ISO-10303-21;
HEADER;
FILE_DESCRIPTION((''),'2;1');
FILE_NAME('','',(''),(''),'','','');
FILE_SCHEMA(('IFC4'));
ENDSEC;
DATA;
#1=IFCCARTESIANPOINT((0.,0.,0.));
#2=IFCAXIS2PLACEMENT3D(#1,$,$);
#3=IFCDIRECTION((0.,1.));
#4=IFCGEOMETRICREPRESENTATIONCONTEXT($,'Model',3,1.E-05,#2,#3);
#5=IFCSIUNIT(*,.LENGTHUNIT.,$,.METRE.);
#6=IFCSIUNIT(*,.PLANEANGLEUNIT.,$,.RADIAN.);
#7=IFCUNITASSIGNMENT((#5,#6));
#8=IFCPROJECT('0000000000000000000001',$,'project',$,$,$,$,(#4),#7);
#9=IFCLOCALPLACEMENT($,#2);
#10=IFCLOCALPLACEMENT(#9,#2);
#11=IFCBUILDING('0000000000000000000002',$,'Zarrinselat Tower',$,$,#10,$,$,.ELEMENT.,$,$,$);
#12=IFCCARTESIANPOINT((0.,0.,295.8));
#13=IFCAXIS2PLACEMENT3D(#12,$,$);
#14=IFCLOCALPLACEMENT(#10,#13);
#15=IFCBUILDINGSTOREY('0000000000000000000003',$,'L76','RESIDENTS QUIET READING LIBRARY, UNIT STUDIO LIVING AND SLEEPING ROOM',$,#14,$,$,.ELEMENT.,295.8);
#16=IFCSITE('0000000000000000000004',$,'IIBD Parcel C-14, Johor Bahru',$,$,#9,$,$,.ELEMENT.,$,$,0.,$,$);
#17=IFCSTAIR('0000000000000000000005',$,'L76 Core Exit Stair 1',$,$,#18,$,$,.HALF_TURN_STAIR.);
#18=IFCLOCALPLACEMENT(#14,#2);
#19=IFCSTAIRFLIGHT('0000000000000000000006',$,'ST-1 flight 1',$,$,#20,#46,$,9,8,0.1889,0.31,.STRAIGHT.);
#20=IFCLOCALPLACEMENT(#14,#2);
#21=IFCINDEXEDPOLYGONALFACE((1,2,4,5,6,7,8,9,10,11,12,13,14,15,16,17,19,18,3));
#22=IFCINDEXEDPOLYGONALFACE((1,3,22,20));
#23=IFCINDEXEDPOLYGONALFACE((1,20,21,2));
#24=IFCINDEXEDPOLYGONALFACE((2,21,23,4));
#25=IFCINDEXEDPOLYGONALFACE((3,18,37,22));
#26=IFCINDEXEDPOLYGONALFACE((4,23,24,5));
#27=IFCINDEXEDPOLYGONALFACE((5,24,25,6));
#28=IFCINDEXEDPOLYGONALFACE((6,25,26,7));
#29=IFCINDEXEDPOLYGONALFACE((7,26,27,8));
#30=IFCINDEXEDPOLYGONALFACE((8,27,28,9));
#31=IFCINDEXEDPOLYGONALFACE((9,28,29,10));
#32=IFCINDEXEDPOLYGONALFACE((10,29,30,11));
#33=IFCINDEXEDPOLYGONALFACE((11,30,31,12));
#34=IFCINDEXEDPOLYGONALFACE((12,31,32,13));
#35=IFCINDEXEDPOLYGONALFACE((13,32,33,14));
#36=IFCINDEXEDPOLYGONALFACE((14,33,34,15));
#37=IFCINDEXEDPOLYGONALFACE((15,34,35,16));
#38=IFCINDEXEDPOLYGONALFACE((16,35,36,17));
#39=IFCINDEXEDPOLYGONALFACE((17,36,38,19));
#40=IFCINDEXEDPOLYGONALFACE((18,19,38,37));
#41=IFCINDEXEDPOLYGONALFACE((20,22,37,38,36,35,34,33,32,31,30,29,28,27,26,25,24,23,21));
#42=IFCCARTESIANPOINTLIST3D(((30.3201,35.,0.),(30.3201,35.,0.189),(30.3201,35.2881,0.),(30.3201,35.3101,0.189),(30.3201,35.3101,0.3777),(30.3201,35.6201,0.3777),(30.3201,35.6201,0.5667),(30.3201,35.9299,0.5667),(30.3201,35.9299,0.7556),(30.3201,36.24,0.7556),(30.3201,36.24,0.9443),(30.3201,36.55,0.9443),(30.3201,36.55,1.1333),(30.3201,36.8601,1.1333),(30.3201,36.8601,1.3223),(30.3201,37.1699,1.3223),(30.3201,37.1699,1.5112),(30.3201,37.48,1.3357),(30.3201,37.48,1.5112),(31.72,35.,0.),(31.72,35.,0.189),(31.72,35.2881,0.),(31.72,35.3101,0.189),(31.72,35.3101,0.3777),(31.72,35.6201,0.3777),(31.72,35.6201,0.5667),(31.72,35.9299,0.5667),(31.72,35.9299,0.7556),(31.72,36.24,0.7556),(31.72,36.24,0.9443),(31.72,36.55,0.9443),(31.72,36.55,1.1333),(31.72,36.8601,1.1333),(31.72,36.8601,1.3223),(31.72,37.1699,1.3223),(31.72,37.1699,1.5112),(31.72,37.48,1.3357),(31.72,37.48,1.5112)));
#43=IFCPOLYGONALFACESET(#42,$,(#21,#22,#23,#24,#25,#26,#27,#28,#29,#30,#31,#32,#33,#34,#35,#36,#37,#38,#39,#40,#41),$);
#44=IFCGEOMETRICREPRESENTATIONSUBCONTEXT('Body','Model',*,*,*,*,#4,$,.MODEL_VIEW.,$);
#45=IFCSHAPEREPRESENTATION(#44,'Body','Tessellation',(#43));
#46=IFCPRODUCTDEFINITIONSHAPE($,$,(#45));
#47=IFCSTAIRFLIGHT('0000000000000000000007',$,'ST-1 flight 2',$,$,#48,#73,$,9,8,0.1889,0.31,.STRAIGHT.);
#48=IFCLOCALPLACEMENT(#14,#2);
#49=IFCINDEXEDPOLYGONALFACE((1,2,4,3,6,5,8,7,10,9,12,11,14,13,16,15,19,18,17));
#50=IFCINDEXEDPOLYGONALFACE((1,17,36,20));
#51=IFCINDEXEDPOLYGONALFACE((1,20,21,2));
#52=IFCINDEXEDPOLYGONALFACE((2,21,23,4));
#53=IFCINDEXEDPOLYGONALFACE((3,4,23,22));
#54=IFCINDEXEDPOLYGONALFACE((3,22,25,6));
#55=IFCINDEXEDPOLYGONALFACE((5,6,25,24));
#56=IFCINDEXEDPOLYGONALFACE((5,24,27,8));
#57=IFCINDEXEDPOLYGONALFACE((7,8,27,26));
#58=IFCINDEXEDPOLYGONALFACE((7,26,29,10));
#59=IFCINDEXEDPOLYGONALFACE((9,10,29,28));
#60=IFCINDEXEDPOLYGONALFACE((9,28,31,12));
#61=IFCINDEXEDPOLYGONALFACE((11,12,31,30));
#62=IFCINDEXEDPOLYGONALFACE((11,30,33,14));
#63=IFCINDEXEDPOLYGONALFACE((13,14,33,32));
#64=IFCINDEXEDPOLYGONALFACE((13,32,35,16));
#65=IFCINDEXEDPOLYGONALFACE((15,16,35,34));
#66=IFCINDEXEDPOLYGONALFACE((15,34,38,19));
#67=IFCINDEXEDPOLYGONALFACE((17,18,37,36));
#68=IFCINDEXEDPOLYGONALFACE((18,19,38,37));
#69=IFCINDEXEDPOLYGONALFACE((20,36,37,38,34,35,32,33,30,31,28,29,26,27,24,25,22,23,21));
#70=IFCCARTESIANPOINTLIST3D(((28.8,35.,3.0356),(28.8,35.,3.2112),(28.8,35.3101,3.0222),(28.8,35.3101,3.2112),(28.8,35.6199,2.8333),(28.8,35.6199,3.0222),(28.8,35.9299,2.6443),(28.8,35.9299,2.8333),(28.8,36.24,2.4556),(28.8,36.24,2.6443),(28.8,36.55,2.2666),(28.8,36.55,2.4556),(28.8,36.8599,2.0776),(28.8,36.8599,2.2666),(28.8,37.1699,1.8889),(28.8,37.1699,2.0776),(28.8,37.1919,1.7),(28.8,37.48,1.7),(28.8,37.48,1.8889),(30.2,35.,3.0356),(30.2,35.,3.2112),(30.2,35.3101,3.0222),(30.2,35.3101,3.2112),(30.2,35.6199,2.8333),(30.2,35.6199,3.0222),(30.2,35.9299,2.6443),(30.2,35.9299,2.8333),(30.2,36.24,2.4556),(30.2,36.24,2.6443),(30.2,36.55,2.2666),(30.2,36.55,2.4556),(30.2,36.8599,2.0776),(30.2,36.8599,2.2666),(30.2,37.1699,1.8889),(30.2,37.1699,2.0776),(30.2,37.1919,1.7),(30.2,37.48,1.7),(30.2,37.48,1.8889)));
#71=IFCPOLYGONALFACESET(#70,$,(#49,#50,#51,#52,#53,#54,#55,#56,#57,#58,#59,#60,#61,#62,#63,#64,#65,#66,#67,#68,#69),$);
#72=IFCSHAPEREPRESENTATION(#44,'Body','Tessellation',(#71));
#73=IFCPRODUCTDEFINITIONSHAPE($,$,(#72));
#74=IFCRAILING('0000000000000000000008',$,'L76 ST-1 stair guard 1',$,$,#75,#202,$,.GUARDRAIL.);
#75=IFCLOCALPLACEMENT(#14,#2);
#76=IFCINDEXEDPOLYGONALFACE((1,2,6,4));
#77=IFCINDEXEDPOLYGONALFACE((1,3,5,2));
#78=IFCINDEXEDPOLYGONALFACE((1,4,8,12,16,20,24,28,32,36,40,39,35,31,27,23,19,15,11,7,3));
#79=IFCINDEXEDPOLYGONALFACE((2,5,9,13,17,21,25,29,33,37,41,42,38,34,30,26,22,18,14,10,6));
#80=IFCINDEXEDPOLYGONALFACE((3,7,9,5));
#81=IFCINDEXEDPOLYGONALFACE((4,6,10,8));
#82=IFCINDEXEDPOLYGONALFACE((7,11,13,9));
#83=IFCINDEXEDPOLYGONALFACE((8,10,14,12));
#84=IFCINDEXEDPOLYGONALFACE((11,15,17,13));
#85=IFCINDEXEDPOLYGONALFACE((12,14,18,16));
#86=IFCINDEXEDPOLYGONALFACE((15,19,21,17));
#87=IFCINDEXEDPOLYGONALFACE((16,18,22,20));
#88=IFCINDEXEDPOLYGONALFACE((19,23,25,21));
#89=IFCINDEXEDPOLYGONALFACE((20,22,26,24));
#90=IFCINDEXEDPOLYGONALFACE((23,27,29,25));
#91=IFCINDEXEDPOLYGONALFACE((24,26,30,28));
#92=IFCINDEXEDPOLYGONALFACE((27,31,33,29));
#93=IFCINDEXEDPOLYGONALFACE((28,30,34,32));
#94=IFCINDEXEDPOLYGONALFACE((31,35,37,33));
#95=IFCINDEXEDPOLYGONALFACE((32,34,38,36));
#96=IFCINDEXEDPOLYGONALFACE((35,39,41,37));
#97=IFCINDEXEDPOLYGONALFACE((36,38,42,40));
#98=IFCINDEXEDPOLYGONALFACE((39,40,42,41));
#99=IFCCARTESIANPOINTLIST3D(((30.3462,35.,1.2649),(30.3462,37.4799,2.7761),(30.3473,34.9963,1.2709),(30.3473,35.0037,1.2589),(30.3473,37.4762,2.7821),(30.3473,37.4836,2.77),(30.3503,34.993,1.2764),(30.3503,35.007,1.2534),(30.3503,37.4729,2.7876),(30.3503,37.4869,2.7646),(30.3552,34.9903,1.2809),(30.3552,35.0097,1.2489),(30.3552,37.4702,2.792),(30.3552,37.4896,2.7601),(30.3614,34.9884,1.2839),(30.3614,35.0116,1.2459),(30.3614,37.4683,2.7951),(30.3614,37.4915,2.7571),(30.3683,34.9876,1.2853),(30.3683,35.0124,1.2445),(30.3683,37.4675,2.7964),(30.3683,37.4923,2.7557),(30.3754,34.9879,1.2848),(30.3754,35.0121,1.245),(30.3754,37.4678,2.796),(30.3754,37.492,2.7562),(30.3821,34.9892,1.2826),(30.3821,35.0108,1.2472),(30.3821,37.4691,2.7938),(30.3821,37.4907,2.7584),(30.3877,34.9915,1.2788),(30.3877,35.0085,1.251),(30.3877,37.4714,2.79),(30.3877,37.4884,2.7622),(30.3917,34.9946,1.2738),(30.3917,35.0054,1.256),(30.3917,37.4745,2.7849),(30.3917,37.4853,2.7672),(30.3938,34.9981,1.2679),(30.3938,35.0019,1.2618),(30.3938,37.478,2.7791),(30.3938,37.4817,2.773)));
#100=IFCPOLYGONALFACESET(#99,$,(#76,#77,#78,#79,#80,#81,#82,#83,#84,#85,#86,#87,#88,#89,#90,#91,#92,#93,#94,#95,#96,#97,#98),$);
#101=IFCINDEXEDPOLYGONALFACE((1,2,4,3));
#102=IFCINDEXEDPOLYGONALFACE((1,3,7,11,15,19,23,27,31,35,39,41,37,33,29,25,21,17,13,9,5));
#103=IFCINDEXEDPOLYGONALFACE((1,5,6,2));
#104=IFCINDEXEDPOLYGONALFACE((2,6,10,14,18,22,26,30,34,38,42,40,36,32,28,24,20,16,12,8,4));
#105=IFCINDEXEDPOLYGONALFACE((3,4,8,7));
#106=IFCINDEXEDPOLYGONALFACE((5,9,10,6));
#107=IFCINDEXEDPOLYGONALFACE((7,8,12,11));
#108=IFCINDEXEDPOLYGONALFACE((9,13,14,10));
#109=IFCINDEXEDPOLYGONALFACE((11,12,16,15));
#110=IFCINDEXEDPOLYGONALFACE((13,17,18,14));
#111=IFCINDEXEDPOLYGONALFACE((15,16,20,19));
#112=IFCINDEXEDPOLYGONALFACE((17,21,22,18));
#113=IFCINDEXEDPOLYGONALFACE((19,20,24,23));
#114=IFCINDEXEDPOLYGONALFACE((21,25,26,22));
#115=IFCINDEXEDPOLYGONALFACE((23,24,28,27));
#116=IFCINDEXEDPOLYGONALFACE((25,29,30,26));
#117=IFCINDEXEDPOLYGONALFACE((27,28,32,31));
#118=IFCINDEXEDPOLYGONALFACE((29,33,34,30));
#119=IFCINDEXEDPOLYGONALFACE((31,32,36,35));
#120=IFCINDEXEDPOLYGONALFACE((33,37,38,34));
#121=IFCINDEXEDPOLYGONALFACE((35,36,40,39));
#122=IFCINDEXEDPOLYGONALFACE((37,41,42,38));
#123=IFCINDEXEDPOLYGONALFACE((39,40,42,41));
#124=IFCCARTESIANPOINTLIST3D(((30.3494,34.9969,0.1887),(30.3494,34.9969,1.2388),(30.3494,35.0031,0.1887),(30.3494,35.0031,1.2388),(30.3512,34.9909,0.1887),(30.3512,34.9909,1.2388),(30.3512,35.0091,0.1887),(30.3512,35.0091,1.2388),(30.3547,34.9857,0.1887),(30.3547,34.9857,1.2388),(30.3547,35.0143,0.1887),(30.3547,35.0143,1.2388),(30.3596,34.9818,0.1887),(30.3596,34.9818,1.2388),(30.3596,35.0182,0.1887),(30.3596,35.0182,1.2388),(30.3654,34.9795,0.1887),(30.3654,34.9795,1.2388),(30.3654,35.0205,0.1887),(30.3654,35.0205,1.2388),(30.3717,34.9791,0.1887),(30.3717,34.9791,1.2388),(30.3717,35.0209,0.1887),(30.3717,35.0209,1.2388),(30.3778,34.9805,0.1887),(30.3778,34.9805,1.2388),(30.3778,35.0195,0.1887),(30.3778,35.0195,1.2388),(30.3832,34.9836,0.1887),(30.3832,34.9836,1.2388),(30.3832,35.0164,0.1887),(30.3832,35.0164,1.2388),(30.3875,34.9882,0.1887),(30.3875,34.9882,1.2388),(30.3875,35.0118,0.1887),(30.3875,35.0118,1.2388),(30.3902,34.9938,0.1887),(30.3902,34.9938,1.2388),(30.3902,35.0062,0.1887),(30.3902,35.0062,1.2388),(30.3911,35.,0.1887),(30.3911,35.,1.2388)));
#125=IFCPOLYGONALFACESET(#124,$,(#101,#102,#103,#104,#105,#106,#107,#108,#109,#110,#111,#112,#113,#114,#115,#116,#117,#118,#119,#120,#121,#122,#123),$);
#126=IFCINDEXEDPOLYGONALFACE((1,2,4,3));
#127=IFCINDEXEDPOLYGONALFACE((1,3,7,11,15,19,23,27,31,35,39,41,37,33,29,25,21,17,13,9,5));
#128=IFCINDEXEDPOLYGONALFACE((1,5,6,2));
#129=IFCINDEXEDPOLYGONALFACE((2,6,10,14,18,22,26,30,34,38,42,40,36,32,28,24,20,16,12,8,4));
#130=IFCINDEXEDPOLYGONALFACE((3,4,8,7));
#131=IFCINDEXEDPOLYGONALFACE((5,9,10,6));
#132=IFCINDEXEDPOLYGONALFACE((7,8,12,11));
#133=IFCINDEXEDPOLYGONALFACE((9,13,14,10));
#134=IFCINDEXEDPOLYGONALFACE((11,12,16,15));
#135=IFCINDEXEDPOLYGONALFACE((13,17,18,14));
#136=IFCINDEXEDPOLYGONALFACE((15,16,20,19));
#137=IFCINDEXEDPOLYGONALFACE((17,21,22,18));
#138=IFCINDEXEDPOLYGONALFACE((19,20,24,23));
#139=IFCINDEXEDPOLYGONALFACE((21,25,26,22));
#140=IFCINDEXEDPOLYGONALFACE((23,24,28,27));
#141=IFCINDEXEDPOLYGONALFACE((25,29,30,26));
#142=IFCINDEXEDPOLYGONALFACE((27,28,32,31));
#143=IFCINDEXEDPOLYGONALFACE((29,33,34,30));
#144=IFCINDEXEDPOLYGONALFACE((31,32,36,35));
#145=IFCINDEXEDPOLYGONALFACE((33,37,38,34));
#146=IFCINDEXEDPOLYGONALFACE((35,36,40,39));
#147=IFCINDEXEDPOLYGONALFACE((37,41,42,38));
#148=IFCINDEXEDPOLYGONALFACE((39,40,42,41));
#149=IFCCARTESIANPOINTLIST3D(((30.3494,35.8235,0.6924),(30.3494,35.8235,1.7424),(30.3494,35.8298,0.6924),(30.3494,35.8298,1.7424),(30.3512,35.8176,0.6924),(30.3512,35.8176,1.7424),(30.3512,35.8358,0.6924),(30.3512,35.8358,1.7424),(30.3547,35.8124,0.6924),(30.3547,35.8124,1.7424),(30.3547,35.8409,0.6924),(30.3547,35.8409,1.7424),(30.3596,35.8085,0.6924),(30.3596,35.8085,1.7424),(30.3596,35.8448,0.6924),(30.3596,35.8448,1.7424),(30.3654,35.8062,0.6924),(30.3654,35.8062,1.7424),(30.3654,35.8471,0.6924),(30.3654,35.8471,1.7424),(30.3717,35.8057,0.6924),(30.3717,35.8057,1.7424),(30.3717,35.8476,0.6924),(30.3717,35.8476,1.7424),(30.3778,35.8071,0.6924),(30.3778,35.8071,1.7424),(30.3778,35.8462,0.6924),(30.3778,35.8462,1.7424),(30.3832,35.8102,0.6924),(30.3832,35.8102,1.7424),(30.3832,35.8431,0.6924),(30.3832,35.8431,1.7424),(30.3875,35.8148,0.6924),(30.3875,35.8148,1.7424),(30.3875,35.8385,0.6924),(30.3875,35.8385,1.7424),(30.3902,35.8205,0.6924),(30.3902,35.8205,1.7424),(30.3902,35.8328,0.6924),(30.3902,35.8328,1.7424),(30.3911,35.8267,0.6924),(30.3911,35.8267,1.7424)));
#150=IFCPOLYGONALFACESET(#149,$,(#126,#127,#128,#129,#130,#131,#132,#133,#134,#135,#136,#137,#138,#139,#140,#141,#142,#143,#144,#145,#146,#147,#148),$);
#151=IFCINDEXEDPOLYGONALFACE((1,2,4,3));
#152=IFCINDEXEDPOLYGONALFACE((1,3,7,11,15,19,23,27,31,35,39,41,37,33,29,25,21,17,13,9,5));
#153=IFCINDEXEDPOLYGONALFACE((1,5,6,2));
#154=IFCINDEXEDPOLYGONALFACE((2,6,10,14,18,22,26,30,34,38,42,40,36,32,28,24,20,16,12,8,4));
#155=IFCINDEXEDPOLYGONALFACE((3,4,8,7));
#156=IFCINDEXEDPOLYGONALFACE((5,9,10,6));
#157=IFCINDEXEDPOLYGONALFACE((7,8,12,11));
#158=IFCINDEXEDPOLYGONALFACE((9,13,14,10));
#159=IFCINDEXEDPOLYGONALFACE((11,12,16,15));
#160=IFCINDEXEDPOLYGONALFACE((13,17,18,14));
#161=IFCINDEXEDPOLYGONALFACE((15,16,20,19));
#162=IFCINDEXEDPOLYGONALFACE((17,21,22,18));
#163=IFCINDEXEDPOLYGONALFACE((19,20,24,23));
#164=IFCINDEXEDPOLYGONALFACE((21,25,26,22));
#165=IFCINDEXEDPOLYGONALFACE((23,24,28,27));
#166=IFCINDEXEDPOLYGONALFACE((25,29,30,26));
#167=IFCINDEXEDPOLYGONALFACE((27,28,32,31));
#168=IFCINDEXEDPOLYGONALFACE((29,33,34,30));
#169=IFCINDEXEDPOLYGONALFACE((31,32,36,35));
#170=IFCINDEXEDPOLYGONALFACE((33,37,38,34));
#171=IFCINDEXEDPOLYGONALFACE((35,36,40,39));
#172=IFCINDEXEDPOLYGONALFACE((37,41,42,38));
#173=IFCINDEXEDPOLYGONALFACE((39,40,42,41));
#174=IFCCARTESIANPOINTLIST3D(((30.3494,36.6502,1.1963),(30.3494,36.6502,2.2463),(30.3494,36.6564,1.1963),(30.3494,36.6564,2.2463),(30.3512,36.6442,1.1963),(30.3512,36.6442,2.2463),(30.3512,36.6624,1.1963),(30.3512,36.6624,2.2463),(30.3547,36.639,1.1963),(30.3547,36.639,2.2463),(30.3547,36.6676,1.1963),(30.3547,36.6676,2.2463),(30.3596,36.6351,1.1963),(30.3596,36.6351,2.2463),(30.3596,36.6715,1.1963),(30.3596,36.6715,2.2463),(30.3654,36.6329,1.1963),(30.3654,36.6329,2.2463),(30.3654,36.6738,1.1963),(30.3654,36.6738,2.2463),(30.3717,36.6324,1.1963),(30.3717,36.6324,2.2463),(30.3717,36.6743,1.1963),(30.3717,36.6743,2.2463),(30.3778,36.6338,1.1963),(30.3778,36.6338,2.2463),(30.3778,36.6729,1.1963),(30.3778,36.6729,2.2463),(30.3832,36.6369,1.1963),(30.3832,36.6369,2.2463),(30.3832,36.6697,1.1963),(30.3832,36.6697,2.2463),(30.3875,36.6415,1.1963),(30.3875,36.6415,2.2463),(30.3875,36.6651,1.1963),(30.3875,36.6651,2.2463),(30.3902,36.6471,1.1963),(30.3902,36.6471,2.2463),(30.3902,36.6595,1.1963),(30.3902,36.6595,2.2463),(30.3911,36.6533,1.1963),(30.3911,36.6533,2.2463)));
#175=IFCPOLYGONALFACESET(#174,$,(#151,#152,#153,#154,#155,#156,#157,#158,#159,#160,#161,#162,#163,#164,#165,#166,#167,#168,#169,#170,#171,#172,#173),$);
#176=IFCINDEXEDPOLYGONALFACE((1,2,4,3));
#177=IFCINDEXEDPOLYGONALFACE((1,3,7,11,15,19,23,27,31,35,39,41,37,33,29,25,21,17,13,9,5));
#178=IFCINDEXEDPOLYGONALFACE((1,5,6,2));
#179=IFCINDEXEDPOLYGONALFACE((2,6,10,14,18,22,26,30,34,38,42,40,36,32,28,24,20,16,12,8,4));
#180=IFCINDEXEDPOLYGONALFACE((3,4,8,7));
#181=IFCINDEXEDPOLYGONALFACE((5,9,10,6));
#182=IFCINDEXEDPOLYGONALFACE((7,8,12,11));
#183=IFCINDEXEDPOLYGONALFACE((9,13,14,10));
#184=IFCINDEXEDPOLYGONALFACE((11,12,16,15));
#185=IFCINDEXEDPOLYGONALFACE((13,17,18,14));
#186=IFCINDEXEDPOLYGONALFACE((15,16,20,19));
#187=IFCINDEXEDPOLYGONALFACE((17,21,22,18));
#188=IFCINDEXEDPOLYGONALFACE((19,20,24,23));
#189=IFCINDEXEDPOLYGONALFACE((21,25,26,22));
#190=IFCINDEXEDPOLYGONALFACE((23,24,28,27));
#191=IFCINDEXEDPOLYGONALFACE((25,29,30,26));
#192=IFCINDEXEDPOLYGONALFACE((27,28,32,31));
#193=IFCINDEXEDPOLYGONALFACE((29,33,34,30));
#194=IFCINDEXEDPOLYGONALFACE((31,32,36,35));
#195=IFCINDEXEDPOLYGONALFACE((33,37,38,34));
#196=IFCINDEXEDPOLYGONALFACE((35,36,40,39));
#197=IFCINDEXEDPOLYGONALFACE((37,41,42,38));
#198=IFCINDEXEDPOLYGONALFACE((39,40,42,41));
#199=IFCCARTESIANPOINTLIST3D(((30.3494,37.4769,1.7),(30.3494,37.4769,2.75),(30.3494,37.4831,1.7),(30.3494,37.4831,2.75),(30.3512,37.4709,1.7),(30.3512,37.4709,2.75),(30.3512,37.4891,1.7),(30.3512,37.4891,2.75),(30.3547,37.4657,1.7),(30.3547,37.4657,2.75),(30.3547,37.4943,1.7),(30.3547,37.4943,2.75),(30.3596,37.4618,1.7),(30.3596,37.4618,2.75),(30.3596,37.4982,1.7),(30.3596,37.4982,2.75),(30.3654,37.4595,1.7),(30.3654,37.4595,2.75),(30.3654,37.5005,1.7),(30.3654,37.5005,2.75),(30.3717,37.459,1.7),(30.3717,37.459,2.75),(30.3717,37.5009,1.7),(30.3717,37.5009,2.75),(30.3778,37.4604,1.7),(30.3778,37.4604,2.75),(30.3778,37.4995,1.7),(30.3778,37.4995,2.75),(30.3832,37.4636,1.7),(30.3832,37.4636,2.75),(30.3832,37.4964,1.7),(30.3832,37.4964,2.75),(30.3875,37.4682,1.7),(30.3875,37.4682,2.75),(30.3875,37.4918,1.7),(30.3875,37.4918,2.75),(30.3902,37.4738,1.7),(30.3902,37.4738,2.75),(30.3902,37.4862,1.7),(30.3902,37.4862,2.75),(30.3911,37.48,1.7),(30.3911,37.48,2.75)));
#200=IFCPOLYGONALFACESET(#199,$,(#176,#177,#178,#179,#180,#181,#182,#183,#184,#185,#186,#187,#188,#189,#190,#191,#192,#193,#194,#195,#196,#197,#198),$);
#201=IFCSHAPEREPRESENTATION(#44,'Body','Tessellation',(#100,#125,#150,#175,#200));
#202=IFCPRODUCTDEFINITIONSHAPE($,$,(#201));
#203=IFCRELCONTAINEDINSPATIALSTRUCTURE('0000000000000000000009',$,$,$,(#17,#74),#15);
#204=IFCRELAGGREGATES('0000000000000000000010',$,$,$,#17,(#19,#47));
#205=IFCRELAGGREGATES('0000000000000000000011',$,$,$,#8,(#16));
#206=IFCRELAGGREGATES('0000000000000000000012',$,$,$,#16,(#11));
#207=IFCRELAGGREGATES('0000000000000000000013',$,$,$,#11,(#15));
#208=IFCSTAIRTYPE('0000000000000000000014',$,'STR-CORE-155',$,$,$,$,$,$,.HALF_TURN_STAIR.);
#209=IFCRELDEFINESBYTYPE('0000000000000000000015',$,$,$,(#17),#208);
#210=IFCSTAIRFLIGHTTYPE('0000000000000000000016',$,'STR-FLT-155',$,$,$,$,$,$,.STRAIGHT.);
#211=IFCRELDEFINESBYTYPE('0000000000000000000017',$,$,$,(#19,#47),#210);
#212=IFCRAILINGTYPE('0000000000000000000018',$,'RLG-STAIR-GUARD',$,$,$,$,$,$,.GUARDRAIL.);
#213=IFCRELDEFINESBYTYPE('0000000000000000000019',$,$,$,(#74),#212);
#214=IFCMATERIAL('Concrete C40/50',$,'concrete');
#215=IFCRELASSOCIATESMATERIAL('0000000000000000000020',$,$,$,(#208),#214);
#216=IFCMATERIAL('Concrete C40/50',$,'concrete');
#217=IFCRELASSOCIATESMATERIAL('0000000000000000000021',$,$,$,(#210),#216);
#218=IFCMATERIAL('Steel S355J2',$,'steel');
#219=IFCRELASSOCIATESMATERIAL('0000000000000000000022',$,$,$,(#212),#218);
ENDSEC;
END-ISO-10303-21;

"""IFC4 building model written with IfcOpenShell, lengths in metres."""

from ifc_helpers import new_model, si_unit, direction, frame, origin, origin_2d, place, context, subcontext, project, spatial, polyline, circle, outline, extrude, material, type_object, element, aggregate, save


model = new_model("IFC4")

# Units and contexts
model_context = context("Model", 3, precision=1e-05, world=origin(), true_north=direction((0.0, 1.0)))
body_context = subcontext(model_context, "Body", "Model", "MODEL_VIEW")
ifc_project = project(units=[si_unit("LENGTHUNIT", "METRE"), si_unit("PLANEANGLEUNIT", "RADIAN")], contexts=[model_context])

# Site, building, storey
site_placement = place(None, origin())
site = spatial("IfcSite", under=ifc_project, at=site_placement, Name="IIBD Parcel C-14, Johor Bahru", CompositionType="ELEMENT", RefElevation=0.0)
building_placement = place(site_placement, origin())
building = spatial("IfcBuilding", under=site, at=building_placement, Name="Zarrinselat Tower", CompositionType="ELEMENT")
storey_placement = place(building_placement, frame((0.0, 0.0, 295.8)))
storey = spatial("IfcBuildingStorey", under=building, at=storey_placement, Name="L76", Description="RESIDENTS QUIET READING LIBRARY, UNIT STUDIO LIVING AND SLEEPING ROOM", CompositionType="ELEMENT", Elevation=295.8)

# Stair, stair flights
ifc_material_1 = material(Name="Concrete C40/50", Category="concrete")
stair_type = type_object("IfcStairType", Name="STR-CORE-155", PredefinedType="HALF_TURN_STAIR", material=ifc_material_1)
stair_placement = place(storey_placement, origin())
stair = element("IfcStair", 1, at=stair_placement, inside=storey, type_object=stair_type, Name="L76 Core Exit Stair 1", PredefinedType="HALF_TURN_STAIR")
ifc_material_2 = material(Name="Concrete C40/50", Category="concrete")
stair_flight_type = type_object("IfcStairFlightType", Name="STR-FLT-155", PredefinedType="STRAIGHT", material=ifc_material_2)
stair_flight_1_placement = place(storey_placement, frame((31.02, 35.0, 0.0), z_axis=(0.0, 0.0, 1.0), x_axis=(0.0, 1.0, 0.0)))
stair_flight_1 = element("IfcStairFlight", 2, at=stair_flight_1_placement, type_object=stair_flight_type, Name="ST-1 flight 1", NumberOfRisers=9, NumberOfTreads=8, PredefinedType="STRAIGHT", RiserHeight=0.1889, TreadLength=0.31, context=body_context, shape_type="SweptSolid", body=[
    extrude(outline(polyline([(0.0, 0.0), (0.0, 0.189), (0.3101, 0.189), (0.3101, 0.3777), (0.6201, 0.3777), (0.6201, 0.5667), (0.9299, 0.5667), (0.9299, 0.7556), (1.24, 0.7556), (1.24, 0.9443), (1.55, 0.9443), (1.55, 1.1333), (1.8601, 1.1333), (1.8601, 1.3223), (2.1699, 1.3223), (2.1699, 1.5112), (2.48, 1.5112), (2.48, 1.7), (2.48, 1.3357), (0.2881, 0.0), (0.0, 0.0)])), frame((0.0, 0.7, 0.0), z_axis=(0.0, -1.0, 0.0), x_axis=(1.0, 0.0, 0.0)), (0.0, 0.0, 1.0), 1.3999),
])
stair_flight_2_placement = place(storey_placement, frame((29.5, 37.48, 1.7), z_axis=(0.0, 0.0, 1.0), x_axis=(0.0, -1.0, 0.0)))
stair_flight_2 = element("IfcStairFlight", 3, at=stair_flight_2_placement, type_object=stair_flight_type, Name="ST-1 flight 2", NumberOfRisers=9, NumberOfTreads=8, PredefinedType="STRAIGHT", RiserHeight=0.1889, TreadLength=0.31, context=body_context, shape_type="SweptSolid", body=[
    extrude(outline(polyline([(0.0, 0.0), (0.0, 0.189), (0.3101, 0.189), (0.3101, 0.3777), (0.6201, 0.3777), (0.6201, 0.5667), (0.9299, 0.5667), (0.9299, 0.7556), (1.24, 0.7556), (1.24, 0.9443), (1.55, 0.9443), (1.55, 1.1333), (1.8601, 1.1333), (1.8601, 1.3223), (2.1699, 1.3223), (2.1699, 1.5112), (2.48, 1.5112), (2.48, 1.7), (2.48, 1.3357), (0.2881, 0.0), (0.0, 0.0)])), frame((0.0, 0.7, 0.0), z_axis=(0.0, -1.0, 0.0), x_axis=(1.0, 0.0, 0.0)), (0.0, 0.0, 1.0), 1.3999),
])
aggregate(stair, [stair_flight_1, stair_flight_2])

# Railing
ifc_material_3 = material(Name="Steel S355J2", Category="steel")
railing_type_1 = type_object("IfcRailingType", Name="RLG-STAIR-GUARD", PredefinedType="GUARDRAIL", material=ifc_material_3)
railing_1_placement = place(storey_placement, frame((30.3701, 35.0, 0.1887)))
element("IfcRailing", 4, at=railing_1_placement, inside=storey, type_object=railing_type_1, Name="L76 ST-1 stair guard 1", PredefinedType="GUARDRAIL", context=body_context, shape_type="SweptSolid", body=[
    extrude(circle(Radius=0.0239, at=origin_2d()), frame((0.0, 0.0, 1.0762), z_axis=(0.0, 0.853942, 0.520368), x_axis=(-1.0, 0.0, 0.0)), (0.0, 0.0, 1.0), 2.9041),
    extrude(circle(Radius=0.021, at=origin_2d()), origin(), (0.0, 0.0, 1.0), 1.05),
    extrude(circle(Radius=0.021, at=origin_2d()), frame((0.0, 0.8267, 0.5037)), (0.0, 0.0, 1.0), 1.05),
    extrude(circle(Radius=0.021, at=origin_2d()), frame((0.0, 1.6533, 1.0076)), (0.0, 0.0, 1.0), 1.05),
    extrude(circle(Radius=0.021, at=origin_2d()), frame((0.0, 2.48, 1.5112)), (0.0, 0.0, 1.0), 1.05),
])

save(model, "model.ifc")
